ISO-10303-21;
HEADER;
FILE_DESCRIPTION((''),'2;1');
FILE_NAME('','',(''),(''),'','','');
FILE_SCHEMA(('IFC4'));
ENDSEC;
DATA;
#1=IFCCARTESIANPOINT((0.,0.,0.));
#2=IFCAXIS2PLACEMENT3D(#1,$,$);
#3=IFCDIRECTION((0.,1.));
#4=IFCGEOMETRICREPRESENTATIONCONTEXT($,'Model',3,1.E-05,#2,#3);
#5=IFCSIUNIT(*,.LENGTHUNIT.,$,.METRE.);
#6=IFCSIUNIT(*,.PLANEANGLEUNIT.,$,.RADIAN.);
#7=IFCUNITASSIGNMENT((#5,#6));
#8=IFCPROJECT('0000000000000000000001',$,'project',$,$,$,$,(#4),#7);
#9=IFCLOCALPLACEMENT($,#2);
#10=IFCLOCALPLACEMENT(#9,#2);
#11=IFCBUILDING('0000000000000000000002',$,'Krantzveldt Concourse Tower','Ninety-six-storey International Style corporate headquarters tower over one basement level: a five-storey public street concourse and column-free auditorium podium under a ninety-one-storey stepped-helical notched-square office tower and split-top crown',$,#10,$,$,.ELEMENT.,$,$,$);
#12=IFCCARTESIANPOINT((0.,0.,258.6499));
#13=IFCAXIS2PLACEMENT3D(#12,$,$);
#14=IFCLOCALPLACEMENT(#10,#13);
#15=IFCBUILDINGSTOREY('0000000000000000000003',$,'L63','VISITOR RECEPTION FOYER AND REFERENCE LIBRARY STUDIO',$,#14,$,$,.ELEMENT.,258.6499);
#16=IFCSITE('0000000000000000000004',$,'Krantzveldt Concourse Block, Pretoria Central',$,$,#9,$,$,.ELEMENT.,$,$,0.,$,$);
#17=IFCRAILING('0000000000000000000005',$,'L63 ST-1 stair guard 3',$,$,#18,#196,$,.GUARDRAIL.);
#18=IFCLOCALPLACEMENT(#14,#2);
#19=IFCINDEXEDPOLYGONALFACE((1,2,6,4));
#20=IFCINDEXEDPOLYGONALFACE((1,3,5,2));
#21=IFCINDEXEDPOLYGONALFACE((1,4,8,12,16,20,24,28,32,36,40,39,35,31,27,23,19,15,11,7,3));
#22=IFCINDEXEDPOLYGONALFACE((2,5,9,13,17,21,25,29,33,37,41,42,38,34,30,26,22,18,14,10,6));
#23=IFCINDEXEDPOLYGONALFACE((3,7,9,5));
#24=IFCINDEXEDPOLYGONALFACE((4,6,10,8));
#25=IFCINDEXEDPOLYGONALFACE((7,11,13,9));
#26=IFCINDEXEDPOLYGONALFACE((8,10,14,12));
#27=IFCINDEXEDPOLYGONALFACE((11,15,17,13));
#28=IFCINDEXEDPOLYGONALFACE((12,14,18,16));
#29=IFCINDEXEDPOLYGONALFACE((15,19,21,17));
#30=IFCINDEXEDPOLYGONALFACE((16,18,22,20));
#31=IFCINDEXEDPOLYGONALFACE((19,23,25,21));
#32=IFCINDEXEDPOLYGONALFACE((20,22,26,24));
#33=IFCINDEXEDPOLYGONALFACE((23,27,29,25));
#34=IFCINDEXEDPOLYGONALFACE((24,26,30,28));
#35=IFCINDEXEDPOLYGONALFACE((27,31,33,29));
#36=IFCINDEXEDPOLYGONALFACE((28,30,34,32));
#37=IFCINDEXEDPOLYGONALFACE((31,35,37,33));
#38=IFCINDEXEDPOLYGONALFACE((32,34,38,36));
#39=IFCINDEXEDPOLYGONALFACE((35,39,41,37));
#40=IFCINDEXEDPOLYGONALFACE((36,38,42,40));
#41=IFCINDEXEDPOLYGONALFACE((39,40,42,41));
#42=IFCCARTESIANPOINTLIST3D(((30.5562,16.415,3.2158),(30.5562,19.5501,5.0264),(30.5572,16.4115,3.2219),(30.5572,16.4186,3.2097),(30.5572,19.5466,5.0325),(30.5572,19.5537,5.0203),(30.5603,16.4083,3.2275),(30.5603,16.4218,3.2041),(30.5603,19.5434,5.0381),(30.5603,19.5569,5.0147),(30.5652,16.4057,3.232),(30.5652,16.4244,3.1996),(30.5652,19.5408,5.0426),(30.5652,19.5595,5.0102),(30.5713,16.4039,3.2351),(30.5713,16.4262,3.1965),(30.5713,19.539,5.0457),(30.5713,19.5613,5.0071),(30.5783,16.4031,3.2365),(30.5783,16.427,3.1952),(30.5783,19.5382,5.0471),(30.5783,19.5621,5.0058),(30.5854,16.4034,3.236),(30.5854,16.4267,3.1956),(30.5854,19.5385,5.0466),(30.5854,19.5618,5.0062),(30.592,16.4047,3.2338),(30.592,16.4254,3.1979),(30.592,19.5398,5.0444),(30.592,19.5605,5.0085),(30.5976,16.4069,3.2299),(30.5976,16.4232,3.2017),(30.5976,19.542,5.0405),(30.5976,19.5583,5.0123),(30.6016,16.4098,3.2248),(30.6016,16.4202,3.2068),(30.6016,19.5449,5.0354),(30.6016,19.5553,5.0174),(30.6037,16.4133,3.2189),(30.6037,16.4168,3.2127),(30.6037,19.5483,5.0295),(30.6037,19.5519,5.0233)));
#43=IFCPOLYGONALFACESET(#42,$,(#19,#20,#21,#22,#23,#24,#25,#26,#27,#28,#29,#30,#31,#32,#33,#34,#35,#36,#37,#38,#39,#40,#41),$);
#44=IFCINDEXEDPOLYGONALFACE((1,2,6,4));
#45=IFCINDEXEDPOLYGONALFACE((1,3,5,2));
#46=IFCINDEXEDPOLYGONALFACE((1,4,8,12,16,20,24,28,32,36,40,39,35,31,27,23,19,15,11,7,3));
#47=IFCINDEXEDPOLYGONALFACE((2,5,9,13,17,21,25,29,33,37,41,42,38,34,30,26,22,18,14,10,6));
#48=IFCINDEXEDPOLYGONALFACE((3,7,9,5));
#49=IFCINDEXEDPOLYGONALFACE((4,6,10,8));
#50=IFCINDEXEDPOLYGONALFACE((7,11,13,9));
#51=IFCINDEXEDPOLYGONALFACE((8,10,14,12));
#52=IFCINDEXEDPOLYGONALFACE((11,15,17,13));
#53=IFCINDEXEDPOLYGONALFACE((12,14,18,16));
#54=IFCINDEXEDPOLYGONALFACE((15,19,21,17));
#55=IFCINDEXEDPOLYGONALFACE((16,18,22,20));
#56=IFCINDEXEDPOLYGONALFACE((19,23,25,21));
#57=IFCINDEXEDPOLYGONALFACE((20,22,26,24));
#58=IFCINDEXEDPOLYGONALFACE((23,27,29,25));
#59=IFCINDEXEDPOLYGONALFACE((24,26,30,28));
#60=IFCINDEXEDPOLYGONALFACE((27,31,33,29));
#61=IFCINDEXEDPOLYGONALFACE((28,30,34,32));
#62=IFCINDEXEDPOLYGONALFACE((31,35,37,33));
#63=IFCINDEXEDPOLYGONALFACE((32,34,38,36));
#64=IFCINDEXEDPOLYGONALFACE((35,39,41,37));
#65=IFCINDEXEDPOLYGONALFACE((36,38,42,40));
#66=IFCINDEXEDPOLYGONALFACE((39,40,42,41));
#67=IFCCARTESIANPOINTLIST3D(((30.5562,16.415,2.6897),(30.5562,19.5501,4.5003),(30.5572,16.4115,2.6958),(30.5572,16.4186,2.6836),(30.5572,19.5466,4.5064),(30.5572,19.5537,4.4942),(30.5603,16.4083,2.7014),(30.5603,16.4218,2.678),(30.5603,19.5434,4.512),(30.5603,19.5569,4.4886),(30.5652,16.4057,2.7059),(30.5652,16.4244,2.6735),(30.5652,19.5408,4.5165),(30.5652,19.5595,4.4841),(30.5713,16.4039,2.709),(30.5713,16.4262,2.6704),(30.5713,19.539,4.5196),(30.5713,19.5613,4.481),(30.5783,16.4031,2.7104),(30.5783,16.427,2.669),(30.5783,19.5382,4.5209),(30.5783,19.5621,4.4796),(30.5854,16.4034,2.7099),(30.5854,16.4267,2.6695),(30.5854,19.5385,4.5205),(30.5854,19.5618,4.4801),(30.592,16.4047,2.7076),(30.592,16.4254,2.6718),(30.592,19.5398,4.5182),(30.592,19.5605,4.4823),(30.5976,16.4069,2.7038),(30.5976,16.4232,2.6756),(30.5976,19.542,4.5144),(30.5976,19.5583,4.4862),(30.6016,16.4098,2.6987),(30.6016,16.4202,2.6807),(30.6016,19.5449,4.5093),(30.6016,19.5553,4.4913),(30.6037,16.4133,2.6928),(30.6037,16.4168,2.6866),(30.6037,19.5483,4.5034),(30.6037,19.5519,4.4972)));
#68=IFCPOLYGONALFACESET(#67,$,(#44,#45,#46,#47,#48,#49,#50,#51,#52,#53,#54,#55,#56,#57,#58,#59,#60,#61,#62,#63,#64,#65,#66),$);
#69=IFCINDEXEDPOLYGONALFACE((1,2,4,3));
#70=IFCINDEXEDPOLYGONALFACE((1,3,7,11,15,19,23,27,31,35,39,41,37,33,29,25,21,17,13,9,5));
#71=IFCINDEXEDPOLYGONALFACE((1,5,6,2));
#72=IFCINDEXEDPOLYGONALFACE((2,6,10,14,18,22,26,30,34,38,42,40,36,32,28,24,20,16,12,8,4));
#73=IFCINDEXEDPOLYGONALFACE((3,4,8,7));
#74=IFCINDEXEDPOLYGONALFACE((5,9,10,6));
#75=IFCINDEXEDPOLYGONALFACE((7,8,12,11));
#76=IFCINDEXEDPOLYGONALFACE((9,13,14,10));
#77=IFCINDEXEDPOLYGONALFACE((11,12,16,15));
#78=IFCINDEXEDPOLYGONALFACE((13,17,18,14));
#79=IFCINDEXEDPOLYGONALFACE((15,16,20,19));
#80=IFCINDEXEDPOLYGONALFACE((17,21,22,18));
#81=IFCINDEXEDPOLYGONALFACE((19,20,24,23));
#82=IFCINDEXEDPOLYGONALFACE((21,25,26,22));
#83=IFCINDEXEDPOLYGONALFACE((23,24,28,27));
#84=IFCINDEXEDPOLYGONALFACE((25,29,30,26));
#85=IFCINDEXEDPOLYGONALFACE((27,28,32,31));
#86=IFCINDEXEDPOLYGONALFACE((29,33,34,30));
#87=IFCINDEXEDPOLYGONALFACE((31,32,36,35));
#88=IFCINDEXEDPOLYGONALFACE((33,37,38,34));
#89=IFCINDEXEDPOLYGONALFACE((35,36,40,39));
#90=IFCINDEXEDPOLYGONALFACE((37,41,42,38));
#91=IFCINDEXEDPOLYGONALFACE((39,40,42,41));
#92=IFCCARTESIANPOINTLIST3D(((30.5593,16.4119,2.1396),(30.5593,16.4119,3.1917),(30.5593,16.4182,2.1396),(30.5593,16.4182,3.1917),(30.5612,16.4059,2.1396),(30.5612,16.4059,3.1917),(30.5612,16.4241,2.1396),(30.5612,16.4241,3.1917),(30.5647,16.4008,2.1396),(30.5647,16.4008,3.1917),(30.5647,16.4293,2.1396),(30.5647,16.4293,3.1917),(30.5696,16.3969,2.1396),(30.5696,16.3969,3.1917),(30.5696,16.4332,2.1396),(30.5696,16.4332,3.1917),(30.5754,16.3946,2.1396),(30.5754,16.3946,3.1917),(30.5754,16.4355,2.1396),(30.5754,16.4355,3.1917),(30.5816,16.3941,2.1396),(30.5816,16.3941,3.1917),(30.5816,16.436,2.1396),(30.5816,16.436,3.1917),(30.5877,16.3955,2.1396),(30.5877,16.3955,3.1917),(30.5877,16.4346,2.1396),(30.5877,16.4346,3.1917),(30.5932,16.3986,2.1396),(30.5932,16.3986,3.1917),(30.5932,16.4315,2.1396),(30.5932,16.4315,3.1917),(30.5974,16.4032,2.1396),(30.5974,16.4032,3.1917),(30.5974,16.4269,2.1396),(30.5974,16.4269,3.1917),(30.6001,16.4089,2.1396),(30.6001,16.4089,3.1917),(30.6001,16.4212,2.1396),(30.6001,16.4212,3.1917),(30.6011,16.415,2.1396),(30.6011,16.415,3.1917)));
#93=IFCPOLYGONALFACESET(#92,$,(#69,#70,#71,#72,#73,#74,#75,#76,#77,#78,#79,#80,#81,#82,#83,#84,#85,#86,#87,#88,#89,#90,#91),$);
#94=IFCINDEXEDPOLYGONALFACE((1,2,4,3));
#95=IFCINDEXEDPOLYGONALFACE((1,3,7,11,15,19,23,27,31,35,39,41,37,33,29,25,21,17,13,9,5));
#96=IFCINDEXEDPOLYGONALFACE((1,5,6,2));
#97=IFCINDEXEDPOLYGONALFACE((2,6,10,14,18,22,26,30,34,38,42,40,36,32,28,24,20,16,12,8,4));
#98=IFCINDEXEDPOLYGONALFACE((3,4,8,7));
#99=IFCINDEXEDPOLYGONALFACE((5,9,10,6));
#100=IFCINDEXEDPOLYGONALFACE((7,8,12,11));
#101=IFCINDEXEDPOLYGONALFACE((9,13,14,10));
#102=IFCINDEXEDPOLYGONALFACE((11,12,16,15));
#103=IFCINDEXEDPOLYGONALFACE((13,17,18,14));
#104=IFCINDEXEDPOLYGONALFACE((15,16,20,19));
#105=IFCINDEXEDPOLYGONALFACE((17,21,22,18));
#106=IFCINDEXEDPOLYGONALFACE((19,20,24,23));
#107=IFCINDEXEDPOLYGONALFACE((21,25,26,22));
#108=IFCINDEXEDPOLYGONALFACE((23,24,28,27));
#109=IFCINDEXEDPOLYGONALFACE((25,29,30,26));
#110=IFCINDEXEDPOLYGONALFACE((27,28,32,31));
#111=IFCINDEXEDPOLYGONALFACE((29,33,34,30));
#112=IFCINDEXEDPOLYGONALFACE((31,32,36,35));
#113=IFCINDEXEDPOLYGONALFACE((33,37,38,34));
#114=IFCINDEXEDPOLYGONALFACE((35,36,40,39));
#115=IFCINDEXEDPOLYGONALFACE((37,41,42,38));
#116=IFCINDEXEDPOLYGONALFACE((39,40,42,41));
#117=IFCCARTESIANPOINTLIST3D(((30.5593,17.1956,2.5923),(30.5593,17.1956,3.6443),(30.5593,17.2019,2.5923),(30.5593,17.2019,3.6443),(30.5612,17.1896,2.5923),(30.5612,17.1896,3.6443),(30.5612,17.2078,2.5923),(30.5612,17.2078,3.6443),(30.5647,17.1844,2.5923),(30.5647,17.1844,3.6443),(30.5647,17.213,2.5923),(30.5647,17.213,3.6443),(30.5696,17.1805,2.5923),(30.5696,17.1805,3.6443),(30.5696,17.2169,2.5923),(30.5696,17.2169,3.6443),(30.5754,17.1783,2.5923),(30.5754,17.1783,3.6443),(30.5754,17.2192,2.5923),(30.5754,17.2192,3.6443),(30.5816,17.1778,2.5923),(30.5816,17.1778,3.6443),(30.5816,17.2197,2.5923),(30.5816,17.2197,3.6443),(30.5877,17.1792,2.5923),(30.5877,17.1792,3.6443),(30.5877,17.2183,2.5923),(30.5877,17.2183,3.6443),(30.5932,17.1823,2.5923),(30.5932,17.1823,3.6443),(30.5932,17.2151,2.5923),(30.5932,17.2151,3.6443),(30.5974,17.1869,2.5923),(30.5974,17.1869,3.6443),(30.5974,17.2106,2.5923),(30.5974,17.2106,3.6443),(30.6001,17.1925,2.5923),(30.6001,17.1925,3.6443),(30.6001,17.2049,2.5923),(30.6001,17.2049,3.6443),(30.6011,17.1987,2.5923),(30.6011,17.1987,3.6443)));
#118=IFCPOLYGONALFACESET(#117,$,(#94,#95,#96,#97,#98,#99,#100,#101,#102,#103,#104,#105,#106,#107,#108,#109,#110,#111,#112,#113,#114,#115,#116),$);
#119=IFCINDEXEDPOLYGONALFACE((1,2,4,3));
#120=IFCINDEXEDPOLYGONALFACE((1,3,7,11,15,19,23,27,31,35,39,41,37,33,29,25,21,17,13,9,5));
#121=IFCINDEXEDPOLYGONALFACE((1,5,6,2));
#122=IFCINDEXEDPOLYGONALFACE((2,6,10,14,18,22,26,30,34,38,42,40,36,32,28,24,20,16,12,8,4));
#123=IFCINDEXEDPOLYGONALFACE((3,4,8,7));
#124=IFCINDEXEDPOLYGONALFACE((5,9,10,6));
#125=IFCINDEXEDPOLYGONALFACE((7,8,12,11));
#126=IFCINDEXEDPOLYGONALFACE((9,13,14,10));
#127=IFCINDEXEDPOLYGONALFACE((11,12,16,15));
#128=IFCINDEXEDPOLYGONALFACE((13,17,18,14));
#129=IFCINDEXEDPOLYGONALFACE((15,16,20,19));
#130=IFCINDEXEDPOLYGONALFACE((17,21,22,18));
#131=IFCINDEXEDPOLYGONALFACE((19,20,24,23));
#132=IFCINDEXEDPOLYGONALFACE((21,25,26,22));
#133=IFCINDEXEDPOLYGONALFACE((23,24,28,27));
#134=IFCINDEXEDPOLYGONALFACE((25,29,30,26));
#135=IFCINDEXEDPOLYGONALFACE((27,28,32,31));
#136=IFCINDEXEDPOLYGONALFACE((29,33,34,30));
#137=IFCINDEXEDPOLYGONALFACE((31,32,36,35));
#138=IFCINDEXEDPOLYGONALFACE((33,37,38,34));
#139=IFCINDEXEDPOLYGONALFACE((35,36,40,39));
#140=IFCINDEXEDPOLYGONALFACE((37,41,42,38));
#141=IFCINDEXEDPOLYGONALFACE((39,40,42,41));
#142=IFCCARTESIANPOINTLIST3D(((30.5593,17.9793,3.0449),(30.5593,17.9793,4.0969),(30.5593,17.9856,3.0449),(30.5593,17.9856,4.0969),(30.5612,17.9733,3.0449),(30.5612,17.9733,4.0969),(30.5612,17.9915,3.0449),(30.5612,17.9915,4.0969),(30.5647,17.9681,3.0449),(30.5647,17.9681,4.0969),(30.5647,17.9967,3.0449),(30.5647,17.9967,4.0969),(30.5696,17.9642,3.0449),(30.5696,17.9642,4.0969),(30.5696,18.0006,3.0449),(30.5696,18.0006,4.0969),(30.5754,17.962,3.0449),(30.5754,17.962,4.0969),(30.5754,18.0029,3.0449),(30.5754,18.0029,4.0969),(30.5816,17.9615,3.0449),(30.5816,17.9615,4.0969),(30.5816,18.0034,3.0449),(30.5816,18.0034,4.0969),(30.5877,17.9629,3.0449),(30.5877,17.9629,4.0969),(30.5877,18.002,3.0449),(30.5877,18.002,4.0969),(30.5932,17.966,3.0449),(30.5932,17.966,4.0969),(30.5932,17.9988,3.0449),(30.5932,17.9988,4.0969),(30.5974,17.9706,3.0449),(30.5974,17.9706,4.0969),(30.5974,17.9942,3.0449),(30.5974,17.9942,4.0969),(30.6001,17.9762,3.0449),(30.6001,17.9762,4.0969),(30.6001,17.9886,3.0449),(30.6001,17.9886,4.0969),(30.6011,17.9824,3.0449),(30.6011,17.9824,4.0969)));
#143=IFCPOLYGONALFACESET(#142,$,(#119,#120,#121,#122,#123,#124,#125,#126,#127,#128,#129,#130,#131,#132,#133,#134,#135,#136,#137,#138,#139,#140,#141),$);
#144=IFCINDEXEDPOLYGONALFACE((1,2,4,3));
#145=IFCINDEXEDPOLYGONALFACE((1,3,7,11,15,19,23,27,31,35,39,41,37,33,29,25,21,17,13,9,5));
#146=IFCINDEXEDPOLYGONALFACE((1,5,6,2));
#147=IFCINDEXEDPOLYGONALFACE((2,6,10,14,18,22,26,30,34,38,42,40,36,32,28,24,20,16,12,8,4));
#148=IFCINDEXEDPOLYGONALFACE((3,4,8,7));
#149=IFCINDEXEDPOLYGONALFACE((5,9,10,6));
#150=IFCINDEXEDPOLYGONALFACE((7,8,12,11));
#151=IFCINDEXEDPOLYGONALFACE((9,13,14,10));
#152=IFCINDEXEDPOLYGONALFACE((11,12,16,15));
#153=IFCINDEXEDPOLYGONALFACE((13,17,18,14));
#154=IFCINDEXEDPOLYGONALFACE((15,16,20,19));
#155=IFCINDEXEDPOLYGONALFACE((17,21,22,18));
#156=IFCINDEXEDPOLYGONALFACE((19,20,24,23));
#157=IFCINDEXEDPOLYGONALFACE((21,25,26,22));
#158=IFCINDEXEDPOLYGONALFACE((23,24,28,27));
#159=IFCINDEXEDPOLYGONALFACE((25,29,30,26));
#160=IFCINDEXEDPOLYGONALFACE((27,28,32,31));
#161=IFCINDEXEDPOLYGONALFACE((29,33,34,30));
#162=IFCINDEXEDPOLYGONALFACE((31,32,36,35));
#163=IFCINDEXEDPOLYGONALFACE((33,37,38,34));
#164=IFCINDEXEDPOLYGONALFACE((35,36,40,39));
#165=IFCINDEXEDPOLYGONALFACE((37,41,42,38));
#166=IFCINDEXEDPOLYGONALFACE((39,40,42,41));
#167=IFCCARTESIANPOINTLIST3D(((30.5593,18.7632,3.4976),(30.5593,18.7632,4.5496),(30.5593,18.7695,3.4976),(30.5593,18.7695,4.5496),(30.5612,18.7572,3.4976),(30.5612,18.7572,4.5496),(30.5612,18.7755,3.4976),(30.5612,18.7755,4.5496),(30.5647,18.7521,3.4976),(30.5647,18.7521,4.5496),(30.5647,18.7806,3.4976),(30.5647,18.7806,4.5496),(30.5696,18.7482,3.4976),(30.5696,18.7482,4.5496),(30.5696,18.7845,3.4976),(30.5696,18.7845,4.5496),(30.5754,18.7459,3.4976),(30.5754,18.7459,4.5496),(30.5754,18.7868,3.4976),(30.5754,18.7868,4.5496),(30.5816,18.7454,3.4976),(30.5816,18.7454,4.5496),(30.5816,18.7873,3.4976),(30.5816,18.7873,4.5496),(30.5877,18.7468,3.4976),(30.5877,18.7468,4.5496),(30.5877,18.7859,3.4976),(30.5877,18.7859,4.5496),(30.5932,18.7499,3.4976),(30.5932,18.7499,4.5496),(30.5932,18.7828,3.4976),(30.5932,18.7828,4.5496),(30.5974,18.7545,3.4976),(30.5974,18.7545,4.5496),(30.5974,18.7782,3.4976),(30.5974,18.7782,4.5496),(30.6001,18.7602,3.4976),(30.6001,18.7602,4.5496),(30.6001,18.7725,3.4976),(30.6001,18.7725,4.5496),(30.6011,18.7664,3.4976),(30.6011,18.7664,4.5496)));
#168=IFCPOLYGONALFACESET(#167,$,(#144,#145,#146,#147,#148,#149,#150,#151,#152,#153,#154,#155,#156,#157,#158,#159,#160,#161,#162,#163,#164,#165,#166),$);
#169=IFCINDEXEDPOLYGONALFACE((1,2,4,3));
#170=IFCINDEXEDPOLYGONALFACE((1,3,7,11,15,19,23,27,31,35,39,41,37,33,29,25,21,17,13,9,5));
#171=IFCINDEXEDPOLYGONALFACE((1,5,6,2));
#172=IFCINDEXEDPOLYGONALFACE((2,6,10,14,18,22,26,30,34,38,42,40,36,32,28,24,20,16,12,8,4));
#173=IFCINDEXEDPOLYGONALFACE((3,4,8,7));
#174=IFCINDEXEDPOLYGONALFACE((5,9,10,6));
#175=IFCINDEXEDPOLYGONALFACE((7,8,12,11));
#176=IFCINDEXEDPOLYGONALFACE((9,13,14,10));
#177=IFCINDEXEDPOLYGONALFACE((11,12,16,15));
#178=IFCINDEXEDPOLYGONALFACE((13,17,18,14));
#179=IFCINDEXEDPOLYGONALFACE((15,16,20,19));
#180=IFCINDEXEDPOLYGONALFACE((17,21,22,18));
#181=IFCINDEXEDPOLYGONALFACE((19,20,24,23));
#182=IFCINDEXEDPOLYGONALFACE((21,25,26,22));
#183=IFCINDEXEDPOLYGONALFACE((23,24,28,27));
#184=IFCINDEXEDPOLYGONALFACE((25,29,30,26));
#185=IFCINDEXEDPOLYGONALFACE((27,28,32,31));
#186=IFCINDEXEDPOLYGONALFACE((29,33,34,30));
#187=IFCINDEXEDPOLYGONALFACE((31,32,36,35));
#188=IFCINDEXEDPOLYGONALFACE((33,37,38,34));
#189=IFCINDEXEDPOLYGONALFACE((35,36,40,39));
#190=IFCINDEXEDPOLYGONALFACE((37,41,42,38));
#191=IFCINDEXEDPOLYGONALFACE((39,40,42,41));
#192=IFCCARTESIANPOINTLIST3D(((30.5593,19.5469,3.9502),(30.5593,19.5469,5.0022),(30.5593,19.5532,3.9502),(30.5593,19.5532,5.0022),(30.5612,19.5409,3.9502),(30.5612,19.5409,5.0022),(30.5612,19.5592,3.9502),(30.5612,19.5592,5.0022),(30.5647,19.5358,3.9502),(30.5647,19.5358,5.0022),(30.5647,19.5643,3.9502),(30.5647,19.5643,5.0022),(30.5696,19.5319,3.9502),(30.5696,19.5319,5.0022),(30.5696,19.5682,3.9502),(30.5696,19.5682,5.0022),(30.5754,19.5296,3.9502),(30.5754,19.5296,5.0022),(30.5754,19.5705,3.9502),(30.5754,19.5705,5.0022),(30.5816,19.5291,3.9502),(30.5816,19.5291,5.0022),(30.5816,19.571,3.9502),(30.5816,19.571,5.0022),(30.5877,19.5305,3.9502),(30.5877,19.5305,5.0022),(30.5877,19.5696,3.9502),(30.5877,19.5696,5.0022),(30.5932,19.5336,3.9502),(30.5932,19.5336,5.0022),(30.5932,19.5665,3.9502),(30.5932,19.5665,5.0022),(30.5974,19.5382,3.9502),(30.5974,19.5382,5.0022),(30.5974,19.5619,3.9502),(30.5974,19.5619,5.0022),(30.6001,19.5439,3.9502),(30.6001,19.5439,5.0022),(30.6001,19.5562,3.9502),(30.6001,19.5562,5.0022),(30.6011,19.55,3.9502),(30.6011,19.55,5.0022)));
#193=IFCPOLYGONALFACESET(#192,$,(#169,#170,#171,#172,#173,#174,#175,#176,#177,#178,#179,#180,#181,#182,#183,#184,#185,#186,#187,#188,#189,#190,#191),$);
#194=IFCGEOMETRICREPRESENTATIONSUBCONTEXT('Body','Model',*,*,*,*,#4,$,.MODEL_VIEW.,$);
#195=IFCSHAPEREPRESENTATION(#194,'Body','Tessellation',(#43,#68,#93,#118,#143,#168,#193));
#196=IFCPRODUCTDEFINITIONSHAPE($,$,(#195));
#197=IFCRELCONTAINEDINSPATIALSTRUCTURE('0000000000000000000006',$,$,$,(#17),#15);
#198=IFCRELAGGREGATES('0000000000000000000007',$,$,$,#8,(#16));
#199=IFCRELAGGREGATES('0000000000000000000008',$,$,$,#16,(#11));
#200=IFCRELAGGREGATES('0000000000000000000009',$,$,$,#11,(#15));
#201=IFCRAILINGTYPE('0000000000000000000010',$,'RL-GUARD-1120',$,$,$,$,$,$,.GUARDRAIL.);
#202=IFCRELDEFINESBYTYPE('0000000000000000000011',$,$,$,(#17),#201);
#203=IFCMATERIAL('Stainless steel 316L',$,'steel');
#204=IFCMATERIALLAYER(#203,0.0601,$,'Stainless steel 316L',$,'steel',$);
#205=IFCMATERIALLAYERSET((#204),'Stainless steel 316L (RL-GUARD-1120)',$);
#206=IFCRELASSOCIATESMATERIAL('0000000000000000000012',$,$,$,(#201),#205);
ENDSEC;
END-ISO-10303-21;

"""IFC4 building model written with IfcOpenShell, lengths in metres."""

from ifc_helpers import new_model, si_unit, direction, frame, origin, origin_2d, place, context, subcontext, project, spatial, circle, extrude, material, layer, layer_set, type_object, element, save


model = new_model("IFC4")

# Units and contexts
model_context = context("Model", 3, precision=1e-05, world=origin(), true_north=direction((0.0, 1.0)))
body_context = subcontext(model_context, "Body", "Model", "MODEL_VIEW")
ifc_project = project(units=[si_unit("LENGTHUNIT", "METRE"), si_unit("PLANEANGLEUNIT", "RADIAN")], contexts=[model_context])

# Site, building, storey
site_placement = place(None, origin())
site = spatial("IfcSite", under=ifc_project, at=site_placement, Name="Krantzveldt Concourse Block, Pretoria Central", CompositionType="ELEMENT", RefElevation=0.0)
building_placement = place(site_placement, origin())
building = spatial("IfcBuilding", under=site, at=building_placement, Name="Krantzveldt Concourse Tower", Description="Ninety-six-storey International Style corporate headquarters tower over one basement level: a five-storey public street concourse and column-free auditorium podium under a ninety-one-storey stepped-helical notched-square office tower and split-top crown", CompositionType="ELEMENT")
storey_placement = place(building_placement, frame((0.0, 0.0, 258.6499)))
storey = spatial("IfcBuildingStorey", under=building, at=storey_placement, Name="L63", Description="VISITOR RECEPTION FOYER AND REFERENCE LIBRARY STUDIO", CompositionType="ELEMENT", Elevation=258.6499)

# Railing
ifc_material_1 = material(Name="Stainless steel 316L", Category="steel")
ifc_layer_1 = layer(ifc_material_1, 0.0601, Name="Stainless steel 316L", Category="steel")
ifc_layer_set_1 = layer_set([ifc_layer_1], Name="Stainless steel 316L (RL-GUARD-1120)")
railing_type_1 = type_object("IfcRailingType", Name="RL-GUARD-1120", PredefinedType="GUARDRAIL", material=ifc_layer_set_1)
railing_1_placement = place(storey_placement, frame((30.5801, 16.415, 2.1396)))
element("IfcRailing", 1, at=railing_1_placement, inside=storey, type_object=railing_type_1, Name="L63 ST-1 stair guard 3", PredefinedType="GUARDRAIL", context=body_context, shape_type="SweptSolid", body=[
    extrude(circle(Radius=0.0239, at=origin_2d()), frame((0.0, 0.0, 1.0762), z_axis=(0.0, 0.86596, 0.500114), x_axis=(-1.0, 0.0, 0.0)), (0.0, 0.0, 1.0), 3.6204),
    extrude(circle(Radius=0.0239, at=origin_2d()), frame((0.0, 0.0, 0.55), z_axis=(0.0, 0.86596, 0.500114), x_axis=(-1.0, 0.0, 0.0)), (0.0, 0.0, 1.0), 3.6204),
    extrude(circle(Radius=0.021, at=origin_2d()), origin(), (0.0, 0.0, 1.0), 1.052),
    extrude(circle(Radius=0.021, at=origin_2d()), frame((0.0, 0.7837, 0.4526)), (0.0, 0.0, 1.0), 1.052),
    extrude(circle(Radius=0.021, at=origin_2d()), frame((0.0, 1.5674, 0.9053)), (0.0, 0.0, 1.0), 1.052),
    extrude(circle(Radius=0.021, at=origin_2d()), frame((0.0, 2.3513, 1.3579)), (0.0, 0.0, 1.0), 1.052),
    extrude(circle(Radius=0.021, at=origin_2d()), frame((0.0, 3.135, 1.8105)), (0.0, 0.0, 1.0), 1.052),
])

save(model, "model.ifc")
